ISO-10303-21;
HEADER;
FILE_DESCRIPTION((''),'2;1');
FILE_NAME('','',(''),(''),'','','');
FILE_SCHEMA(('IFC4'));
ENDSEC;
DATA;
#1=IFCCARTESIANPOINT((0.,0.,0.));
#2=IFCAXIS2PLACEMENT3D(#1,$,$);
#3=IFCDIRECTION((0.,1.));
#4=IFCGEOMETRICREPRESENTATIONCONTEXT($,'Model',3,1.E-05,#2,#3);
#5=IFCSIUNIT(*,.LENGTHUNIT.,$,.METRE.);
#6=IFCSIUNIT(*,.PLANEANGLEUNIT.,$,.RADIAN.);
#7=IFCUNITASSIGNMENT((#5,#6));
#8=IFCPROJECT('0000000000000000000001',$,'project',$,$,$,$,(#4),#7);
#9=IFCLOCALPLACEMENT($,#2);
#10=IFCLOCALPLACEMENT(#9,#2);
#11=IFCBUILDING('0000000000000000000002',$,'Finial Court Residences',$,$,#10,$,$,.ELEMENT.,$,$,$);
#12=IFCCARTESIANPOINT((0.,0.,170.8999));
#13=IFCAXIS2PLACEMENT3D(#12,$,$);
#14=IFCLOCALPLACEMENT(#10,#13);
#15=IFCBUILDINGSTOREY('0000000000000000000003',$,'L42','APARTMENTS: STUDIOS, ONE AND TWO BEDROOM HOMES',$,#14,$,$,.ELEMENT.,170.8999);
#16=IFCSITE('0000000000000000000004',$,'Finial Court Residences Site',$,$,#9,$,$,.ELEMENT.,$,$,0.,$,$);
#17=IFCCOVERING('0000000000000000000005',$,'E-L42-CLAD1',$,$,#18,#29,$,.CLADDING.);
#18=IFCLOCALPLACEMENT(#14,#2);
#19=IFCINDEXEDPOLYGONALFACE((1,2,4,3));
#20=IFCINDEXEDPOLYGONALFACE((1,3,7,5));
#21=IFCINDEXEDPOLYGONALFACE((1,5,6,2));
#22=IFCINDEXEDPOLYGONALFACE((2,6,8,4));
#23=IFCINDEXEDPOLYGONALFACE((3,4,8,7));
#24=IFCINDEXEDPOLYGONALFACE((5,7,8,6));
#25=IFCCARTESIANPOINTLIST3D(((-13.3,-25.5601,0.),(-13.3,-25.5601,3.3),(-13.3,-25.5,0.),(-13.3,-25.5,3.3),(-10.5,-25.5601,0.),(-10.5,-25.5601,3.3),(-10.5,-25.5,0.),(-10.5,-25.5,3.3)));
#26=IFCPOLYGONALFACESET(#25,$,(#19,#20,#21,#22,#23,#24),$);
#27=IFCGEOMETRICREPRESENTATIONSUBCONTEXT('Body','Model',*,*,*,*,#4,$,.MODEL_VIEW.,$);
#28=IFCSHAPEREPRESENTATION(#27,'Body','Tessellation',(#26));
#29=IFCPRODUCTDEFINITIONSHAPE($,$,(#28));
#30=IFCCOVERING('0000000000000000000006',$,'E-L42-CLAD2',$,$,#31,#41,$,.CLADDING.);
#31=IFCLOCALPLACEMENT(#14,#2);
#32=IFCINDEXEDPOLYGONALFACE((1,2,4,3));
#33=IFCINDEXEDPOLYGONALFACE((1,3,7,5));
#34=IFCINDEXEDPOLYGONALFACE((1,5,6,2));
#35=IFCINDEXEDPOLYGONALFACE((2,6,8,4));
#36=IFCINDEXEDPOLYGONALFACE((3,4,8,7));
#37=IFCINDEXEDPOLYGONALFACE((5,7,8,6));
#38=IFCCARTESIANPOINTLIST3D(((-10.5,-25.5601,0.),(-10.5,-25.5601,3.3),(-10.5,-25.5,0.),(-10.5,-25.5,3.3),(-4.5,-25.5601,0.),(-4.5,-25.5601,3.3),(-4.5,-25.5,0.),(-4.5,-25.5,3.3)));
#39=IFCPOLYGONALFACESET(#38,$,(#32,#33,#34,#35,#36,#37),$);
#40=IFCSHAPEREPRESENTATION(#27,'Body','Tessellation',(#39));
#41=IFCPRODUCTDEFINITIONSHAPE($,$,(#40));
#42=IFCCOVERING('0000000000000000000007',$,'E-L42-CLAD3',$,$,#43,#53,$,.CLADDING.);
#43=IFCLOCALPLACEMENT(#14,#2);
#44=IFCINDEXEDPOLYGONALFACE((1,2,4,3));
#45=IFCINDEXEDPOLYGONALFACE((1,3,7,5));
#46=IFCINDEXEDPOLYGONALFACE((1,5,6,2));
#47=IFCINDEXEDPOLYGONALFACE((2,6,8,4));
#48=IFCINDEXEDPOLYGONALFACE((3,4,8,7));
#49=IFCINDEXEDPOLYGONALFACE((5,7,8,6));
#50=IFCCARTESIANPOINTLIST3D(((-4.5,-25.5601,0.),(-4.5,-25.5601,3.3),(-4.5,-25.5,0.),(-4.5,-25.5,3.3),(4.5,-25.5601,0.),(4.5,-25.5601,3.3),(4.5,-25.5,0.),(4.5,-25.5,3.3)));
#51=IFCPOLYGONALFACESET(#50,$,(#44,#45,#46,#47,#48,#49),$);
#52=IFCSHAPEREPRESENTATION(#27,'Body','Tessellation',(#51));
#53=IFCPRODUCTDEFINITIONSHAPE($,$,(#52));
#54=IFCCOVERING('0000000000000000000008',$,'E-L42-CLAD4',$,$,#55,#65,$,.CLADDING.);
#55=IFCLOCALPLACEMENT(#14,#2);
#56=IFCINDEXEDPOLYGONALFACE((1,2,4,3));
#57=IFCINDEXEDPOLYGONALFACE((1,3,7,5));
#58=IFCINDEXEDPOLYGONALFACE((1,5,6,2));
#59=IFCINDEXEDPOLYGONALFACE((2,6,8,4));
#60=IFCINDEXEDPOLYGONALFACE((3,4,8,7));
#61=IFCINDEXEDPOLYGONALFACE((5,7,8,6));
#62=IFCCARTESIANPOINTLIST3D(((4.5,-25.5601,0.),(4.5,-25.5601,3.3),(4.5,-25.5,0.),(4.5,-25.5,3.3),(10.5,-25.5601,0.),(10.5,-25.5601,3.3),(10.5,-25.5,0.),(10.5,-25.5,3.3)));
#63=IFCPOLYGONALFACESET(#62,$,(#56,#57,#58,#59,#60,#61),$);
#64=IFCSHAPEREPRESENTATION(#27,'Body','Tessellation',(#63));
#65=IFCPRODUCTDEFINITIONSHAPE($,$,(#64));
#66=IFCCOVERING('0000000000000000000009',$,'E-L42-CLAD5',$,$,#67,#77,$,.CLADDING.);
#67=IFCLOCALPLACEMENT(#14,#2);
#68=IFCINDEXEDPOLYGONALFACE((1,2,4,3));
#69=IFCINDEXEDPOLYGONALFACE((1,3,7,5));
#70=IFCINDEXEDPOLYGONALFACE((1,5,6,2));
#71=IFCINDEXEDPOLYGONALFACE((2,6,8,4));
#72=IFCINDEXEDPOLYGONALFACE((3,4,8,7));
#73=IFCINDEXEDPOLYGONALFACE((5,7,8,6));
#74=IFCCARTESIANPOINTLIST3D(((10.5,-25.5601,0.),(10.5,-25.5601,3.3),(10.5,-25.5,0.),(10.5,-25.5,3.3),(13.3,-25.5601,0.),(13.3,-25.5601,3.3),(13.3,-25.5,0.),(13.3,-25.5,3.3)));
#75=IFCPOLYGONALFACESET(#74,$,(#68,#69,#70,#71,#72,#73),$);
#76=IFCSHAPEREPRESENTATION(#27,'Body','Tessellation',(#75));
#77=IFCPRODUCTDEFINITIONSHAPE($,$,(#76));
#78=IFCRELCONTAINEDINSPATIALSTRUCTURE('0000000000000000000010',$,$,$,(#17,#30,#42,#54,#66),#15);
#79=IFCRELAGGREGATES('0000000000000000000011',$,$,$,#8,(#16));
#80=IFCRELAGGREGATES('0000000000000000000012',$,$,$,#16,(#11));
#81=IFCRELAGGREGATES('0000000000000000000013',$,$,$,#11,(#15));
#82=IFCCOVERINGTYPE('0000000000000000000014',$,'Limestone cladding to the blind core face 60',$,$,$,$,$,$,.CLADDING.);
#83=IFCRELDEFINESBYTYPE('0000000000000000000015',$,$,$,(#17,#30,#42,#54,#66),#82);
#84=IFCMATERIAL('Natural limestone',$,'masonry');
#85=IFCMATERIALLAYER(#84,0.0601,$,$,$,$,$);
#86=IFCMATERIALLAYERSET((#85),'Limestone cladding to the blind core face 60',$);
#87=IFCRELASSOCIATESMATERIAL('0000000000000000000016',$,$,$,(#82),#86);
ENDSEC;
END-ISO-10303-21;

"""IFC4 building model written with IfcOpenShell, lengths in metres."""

from ifc_helpers import new_model, si_unit, direction, frame, origin, place, context, subcontext, project, spatial, polyline, outline, extrude, material, layer, layer_set, type_object, element, save


model = new_model("IFC4")

# Units and contexts
model_context = context("Model", 3, precision=1e-05, world=origin(), true_north=direction((0.0, 1.0)))
body_context = subcontext(model_context, "Body", "Model", "MODEL_VIEW")
ifc_project = project(units=[si_unit("LENGTHUNIT", "METRE"), si_unit("PLANEANGLEUNIT", "RADIAN")], contexts=[model_context])

# Site, building, storey
site_placement = place(None, origin())
site = spatial("IfcSite", under=ifc_project, at=site_placement, Name="Finial Court Residences Site", CompositionType="ELEMENT", RefElevation=0.0)
building_placement = place(site_placement, origin())
building = spatial("IfcBuilding", under=site, at=building_placement, Name="Finial Court Residences", CompositionType="ELEMENT")
storey_placement = place(building_placement, frame((0.0, 0.0, 170.8999)))
storey = spatial("IfcBuildingStorey", under=building, at=storey_placement, Name="L42", Description="APARTMENTS: STUDIOS, ONE AND TWO BEDROOM HOMES", CompositionType="ELEMENT", Elevation=170.8999)

# Coverings
ifc_material_1 = material(Name="Natural limestone", Category="masonry")
ifc_layer_1 = layer(ifc_material_1, 0.0601)
ifc_layer_set_1 = layer_set([ifc_layer_1], Name="Limestone cladding to the blind core face 60")
covering_type = type_object("IfcCoveringType", Name="Limestone cladding to the blind core face 60", PredefinedType="CLADDING", material=ifc_layer_set_1)
covering_1_placement = place(storey_placement, origin())
element("IfcCovering", 1, at=covering_1_placement, inside=storey, type_object=covering_type, Name="E-L42-CLAD1", PredefinedType="CLADDING", context=body_context, shape_type="SweptSolid", body=[
    extrude(outline(polyline([(-10.5, -25.5601), (-10.5, -25.5), (-13.3, -25.5), (-13.3, -25.5601), (-10.5, -25.5601)])), origin(), (0.0, 0.0, 1.0), 3.3),
])
covering_2_placement = place(storey_placement, origin())
element("IfcCovering", 2, at=covering_2_placement, inside=storey, type_object=covering_type, Name="E-L42-CLAD2", PredefinedType="CLADDING", context=body_context, shape_type="SweptSolid", body=[
    extrude(outline(polyline([(-4.5, -25.5601), (-4.5, -25.5), (-10.5, -25.5), (-10.5, -25.5601), (-4.5, -25.5601)])), origin(), (0.0, 0.0, 1.0), 3.3),
])
covering_3_placement = place(storey_placement, origin())
element("IfcCovering", 3, at=covering_3_placement, inside=storey, type_object=covering_type, Name="E-L42-CLAD3", PredefinedType="CLADDING", context=body_context, shape_type="SweptSolid", body=[
    extrude(outline(polyline([(4.5, -25.5601), (4.5, -25.5), (-4.5, -25.5), (-4.5, -25.5601), (4.5, -25.5601)])), origin(), (0.0, 0.0, 1.0), 3.3),
])
covering_4_placement = place(storey_placement, origin())
element("IfcCovering", 4, at=covering_4_placement, inside=storey, type_object=covering_type, Name="E-L42-CLAD4", PredefinedType="CLADDING", context=body_context, shape_type="SweptSolid", body=[
    extrude(outline(polyline([(10.5, -25.5601), (10.5, -25.5), (4.5, -25.5), (4.5, -25.5601), (10.5, -25.5601)])), origin(), (0.0, 0.0, 1.0), 3.3),
])
covering_5_placement = place(storey_placement, origin())
element("IfcCovering", 5, at=covering_5_placement, inside=storey, type_object=covering_type, Name="E-L42-CLAD5", PredefinedType="CLADDING", context=body_context, shape_type="SweptSolid", body=[
    extrude(outline(polyline([(13.3, -25.5601), (13.3, -25.5), (10.5, -25.5), (10.5, -25.5601), (13.3, -25.5601)])), origin(), (0.0, 0.0, 1.0), 3.3),
])

save(model, "model.ifc")
